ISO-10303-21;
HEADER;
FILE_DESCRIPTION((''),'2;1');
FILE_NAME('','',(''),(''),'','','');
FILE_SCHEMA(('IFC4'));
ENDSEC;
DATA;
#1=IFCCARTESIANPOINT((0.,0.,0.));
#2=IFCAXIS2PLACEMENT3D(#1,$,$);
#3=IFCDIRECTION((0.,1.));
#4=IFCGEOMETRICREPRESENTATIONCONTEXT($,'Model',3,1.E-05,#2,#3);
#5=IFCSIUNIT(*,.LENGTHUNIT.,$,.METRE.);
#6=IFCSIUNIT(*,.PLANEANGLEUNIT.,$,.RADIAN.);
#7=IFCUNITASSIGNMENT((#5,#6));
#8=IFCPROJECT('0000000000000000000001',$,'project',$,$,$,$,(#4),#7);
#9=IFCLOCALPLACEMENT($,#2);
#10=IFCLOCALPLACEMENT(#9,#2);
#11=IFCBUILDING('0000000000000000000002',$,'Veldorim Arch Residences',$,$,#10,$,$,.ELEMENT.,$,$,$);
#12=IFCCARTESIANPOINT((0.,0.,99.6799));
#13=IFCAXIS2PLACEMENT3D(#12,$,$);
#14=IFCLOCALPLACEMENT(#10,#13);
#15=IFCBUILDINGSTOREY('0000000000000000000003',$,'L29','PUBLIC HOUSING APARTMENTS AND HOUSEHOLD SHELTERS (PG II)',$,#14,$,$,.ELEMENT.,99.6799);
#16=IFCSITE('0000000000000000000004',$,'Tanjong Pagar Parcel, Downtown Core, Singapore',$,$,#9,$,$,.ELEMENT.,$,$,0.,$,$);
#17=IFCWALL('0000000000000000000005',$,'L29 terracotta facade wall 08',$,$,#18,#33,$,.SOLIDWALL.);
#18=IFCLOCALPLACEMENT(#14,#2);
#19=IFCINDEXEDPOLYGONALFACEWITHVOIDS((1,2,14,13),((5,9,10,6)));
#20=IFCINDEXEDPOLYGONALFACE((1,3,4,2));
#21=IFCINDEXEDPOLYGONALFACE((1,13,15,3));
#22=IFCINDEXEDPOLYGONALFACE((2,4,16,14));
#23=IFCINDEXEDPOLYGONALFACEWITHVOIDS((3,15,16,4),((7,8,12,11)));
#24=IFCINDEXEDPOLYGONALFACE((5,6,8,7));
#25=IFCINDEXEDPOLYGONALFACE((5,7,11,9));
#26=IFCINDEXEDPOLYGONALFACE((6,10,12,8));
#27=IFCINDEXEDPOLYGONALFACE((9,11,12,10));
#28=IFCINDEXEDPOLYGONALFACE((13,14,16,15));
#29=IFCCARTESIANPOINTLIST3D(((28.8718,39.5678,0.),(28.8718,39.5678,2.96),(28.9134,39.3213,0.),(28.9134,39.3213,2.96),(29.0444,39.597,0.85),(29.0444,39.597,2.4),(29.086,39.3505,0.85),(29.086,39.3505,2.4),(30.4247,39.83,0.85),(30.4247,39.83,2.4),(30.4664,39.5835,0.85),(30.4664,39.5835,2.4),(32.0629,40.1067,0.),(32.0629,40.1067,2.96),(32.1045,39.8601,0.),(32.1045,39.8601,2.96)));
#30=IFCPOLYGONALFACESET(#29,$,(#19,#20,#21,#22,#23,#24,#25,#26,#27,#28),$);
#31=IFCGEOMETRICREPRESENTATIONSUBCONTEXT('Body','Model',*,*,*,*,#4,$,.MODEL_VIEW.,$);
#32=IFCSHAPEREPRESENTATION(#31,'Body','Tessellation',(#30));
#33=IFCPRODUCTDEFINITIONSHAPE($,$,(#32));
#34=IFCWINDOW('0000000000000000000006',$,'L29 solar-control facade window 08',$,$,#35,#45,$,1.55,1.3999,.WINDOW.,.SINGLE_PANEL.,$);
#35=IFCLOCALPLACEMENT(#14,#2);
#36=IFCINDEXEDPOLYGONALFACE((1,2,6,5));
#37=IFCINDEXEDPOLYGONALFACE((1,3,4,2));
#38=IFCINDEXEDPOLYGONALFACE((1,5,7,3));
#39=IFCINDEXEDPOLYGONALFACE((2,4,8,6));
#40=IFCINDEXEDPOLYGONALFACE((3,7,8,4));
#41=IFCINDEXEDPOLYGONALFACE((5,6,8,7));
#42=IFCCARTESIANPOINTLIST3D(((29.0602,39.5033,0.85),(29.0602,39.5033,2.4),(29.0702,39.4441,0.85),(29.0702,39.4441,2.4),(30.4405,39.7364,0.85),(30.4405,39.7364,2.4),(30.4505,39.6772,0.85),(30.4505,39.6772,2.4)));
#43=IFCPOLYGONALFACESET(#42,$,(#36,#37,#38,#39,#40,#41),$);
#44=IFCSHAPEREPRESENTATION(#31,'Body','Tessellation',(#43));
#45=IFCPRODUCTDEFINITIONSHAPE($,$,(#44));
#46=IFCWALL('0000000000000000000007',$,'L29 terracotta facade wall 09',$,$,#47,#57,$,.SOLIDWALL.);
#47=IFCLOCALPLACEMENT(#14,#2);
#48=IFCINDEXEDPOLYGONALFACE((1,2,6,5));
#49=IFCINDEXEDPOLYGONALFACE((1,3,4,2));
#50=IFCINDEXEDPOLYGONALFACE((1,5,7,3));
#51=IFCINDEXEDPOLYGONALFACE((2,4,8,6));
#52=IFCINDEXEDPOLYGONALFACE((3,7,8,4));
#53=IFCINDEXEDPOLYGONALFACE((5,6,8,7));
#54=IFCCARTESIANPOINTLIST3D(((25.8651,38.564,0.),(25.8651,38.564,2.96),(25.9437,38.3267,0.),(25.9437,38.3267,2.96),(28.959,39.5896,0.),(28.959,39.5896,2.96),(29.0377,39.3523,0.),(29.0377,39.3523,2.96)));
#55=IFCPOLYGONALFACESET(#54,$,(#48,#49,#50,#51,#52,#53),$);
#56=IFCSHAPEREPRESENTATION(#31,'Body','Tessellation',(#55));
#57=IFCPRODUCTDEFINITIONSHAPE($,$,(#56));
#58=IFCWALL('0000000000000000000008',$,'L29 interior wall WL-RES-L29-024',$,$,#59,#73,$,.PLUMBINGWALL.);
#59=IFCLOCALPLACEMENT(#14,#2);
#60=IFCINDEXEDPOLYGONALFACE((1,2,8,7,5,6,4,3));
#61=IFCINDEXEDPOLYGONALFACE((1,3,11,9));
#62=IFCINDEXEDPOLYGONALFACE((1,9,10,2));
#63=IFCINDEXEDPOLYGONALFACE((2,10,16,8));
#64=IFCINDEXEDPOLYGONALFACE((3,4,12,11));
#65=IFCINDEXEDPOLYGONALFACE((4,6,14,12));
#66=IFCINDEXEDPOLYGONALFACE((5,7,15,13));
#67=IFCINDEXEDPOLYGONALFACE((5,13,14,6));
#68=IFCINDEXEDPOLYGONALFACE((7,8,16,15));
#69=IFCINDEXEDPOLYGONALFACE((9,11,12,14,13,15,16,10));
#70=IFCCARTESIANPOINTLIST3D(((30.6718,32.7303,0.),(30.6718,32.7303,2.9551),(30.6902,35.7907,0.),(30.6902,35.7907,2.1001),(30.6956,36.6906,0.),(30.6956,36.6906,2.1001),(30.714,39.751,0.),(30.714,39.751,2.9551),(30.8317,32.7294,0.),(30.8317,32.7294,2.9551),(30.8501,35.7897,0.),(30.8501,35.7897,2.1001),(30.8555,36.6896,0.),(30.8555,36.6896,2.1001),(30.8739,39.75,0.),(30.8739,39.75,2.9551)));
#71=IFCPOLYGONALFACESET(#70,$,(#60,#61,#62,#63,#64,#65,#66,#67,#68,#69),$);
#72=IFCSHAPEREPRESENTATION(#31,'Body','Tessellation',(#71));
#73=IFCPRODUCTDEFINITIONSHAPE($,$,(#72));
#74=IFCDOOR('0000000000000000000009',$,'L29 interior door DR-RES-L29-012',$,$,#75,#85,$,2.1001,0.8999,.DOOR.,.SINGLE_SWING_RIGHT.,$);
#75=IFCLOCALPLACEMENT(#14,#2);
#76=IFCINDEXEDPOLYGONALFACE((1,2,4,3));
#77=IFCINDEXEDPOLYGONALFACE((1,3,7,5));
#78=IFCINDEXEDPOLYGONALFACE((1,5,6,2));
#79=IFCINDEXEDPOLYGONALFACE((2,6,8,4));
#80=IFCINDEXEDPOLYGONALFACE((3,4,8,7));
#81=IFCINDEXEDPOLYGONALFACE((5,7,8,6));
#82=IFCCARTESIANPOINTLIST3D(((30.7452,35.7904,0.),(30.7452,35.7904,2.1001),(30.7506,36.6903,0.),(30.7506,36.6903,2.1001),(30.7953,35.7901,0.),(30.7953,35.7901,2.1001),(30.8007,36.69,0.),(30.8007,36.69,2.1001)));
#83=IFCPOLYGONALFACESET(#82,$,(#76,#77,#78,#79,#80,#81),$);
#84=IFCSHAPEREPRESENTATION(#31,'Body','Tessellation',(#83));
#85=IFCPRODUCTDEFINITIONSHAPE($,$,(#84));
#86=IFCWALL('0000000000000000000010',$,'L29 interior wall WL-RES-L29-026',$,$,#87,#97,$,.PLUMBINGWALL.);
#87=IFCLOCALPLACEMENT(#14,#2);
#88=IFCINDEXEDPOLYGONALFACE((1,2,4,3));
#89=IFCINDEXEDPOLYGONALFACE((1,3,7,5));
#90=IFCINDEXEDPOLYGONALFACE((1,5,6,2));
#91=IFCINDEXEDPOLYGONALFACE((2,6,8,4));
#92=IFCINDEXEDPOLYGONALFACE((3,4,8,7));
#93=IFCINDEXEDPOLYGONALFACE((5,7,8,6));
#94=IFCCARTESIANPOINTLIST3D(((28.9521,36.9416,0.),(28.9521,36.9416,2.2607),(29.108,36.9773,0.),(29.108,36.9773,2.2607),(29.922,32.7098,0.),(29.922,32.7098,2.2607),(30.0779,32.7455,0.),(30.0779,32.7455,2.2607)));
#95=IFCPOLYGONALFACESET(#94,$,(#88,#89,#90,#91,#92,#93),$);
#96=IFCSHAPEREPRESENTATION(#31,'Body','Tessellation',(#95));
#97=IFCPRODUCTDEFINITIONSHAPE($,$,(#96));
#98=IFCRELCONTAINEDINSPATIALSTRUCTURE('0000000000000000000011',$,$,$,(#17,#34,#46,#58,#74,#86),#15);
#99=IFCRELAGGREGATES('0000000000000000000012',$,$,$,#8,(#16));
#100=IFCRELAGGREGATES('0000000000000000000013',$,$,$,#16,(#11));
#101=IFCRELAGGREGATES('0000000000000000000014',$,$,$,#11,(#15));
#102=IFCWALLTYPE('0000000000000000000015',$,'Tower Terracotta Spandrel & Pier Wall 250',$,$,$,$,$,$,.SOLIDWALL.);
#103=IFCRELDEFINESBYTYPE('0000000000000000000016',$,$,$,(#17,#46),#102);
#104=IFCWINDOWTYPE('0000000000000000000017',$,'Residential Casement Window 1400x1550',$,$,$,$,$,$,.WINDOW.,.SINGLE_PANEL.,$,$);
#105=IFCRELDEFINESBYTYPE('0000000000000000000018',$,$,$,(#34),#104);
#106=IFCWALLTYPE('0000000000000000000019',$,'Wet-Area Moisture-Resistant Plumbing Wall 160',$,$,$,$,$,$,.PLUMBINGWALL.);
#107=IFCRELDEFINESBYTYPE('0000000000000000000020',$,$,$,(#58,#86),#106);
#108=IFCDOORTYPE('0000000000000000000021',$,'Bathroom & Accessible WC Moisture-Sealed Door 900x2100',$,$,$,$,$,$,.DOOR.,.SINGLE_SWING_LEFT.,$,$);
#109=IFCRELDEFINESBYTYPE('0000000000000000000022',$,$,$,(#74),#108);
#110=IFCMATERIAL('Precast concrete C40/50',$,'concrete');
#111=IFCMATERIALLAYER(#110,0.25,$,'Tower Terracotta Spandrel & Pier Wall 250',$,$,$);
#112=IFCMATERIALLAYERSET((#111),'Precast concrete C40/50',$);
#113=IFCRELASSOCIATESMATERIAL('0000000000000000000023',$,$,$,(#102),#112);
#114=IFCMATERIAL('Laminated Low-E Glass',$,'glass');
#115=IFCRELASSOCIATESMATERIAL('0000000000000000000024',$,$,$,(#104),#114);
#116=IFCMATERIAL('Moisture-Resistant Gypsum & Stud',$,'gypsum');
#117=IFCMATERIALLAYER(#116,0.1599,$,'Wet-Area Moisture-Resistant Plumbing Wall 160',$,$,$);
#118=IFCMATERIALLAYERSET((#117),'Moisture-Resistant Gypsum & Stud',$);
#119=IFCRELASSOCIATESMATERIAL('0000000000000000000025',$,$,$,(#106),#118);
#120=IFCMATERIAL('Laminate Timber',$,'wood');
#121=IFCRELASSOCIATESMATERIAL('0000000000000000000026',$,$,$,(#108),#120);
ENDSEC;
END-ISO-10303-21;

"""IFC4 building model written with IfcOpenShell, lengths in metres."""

from ifc_helpers import new_model, si_unit, direction, frame, frame_2d, origin, place, context, subcontext, project, spatial, rectangle, extrude, material, layer, layer_set, type_object, element, fill, save


model = new_model("IFC4")

# Units and contexts
model_context = context("Model", 3, precision=1e-05, world=origin(), true_north=direction((0.0, 1.0)))
body_context = subcontext(model_context, "Body", "Model", "MODEL_VIEW")
ifc_project = project(units=[si_unit("LENGTHUNIT", "METRE"), si_unit("PLANEANGLEUNIT", "RADIAN")], contexts=[model_context])

# Site, building, storey
site_placement = place(None, origin())
site = spatial("IfcSite", under=ifc_project, at=site_placement, Name="Tanjong Pagar Parcel, Downtown Core, Singapore", CompositionType="ELEMENT", RefElevation=0.0)
building_placement = place(site_placement, origin())
building = spatial("IfcBuilding", under=site, at=building_placement, Name="Veldorim Arch Residences", CompositionType="ELEMENT")
storey_placement = place(building_placement, frame((0.0, 0.0, 99.6799)))
storey = spatial("IfcBuildingStorey", under=building, at=storey_placement, Name="L29", Description="PUBLIC HOUSING APARTMENTS AND HOUSEHOLD SHELTERS (PG II)", CompositionType="ELEMENT", Elevation=99.6799)

# Wall, opening, window
ifc_material_1 = material(Name="Precast concrete C40/50", Category="concrete")
ifc_layer_1 = layer(ifc_material_1, 0.25, Name="Tower Terracotta Spandrel & Pier Wall 250")
ifc_layer_set_1 = layer_set([ifc_layer_1], Name="Precast concrete C40/50")
wall_type_1 = type_object("IfcWallType", Name="Tower Terracotta Spandrel & Pier Wall 250", PredefinedType="SOLIDWALL", material=ifc_layer_set_1)
wall_1_placement = place(storey_placement, frame((28.8926, 39.4446, 0.0), z_axis=(0.0, 0.0, 1.0), x_axis=(0.986043, 0.16649, 0.0)))
wall_1 = element("IfcWall", 1, at=wall_1_placement, inside=storey, type_object=wall_type_1, Name="L29 terracotta facade wall 08", PredefinedType="SOLIDWALL", context=body_context, shape_type="SweptSolid", body=[
    extrude(rectangle(XDim=3.2363, YDim=0.25, at=frame_2d((1.6182, 0.0))), origin(), (0.0, 0.0, 1.0), 2.96),
])
opening_1_placement = place(wall_1_placement, frame((0.175, 0.0, 0.8501)))
opening_1 = element("IfcOpeningElement", 2, at=opening_1_placement, cuts=wall_1, PredefinedType="OPENING", context=body_context, shape_type="SweptSolid", body=[
    extrude(rectangle(XDim=1.3999, YDim=1.55, at=frame_2d((0.7, 0.7749))), frame((0.0, 0.135, 0.0), z_axis=(0.0, -1.0, 0.0), x_axis=(1.0, 0.0, 0.0)), (0.0, 0.0, 1.0), 0.27),
])
ifc_material_2 = material(Name="Laminated Low-E Glass", Category="glass")
window_type = type_object("IfcWindowType", Name="Residential Casement Window 1400x1550", PartitioningType="SINGLE_PANEL", PredefinedType="WINDOW", material=ifc_material_2)
window_placement = place(opening_1_placement, origin())
window = element("IfcWindow", 3, at=window_placement, inside=storey, type_object=window_type, Name="L29 solar-control facade window 08", OverallHeight=1.55, OverallWidth=1.3999, PartitioningType="SINGLE_PANEL", PredefinedType="WINDOW", context=body_context, shape_type="SweptSolid", body=[
    extrude(rectangle(XDim=1.3999, YDim=1.55, at=frame_2d((0.7, 0.7749))), frame((0.0, 0.03, 0.0), z_axis=(0.0, -1.0, 0.0), x_axis=(1.0, 0.0, 0.0)), (0.0, 0.0, 1.0), 0.0601),
])
fill(opening_1, window)

# Wall
wall_2_placement = place(storey_placement, frame((25.9043, 38.4453, 0.0), z_axis=(0.0, 0.0, 1.0), x_axis=(0.949206, 0.314654, 0.0)))
element("IfcWall", 4, at=wall_2_placement, inside=storey, type_object=wall_type_1, Name="L29 terracotta facade wall 09", PredefinedType="SOLIDWALL", context=body_context, shape_type="SweptSolid", body=[
    extrude(rectangle(XDim=3.2595, YDim=0.25, at=frame_2d((1.6299, 0.0))), origin(), (0.0, 0.0, 1.0), 2.96),
])

# Wall, opening, door
ifc_material_3 = material(Name="Moisture-Resistant Gypsum & Stud", Category="gypsum")
ifc_layer_2 = layer(ifc_material_3, 0.1599, Name="Wet-Area Moisture-Resistant Plumbing Wall 160")
ifc_layer_set_2 = layer_set([ifc_layer_2], Name="Moisture-Resistant Gypsum & Stud")
wall_type_2 = type_object("IfcWallType", Name="Wet-Area Moisture-Resistant Plumbing Wall 160", PredefinedType="PLUMBINGWALL", material=ifc_layer_set_2)
wall_3_placement = place(storey_placement, frame((30.7517, 32.73, 0.0), z_axis=(0.0, 0.0, 1.0), x_axis=(0.006016, 0.999982, 0.0)))
wall_3 = element("IfcWall", 5, at=wall_3_placement, inside=storey, type_object=wall_type_2, Name="L29 interior wall WL-RES-L29-024", PredefinedType="PLUMBINGWALL", context=body_context, shape_type="SweptSolid", body=[
    extrude(rectangle(XDim=7.0208, YDim=0.1599, at=frame_2d((3.5103, 0.0))), origin(), (0.0, 0.0, 1.0), 2.9551),
])
opening_2_placement = place(wall_3_placement, frame((3.0603, 0.0, 0.0)))
opening_2 = element("IfcOpeningElement", 6, at=opening_2_placement, cuts=wall_3, PredefinedType="OPENING", context=body_context, shape_type="SweptSolid", body=[
    extrude(rectangle(XDim=0.8999, YDim=2.1001, at=frame_2d((0.45, 1.05))), frame((0.0, 0.0898, 0.0), z_axis=(0.0, -1.0, 0.0), x_axis=(1.0, 0.0, 0.0)), (0.0, 0.0, 1.0), 0.1799),
])
ifc_material_4 = material(Name="Laminate Timber", Category="wood")
door_type = type_object("IfcDoorType", Name="Bathroom & Accessible WC Moisture-Sealed Door 900x2100", OperationType="SINGLE_SWING_LEFT", PredefinedType="DOOR", material=ifc_material_4)
door_placement = place(opening_2_placement, origin())
door = element("IfcDoor", 7, at=door_placement, inside=storey, type_object=door_type, Name="L29 interior door DR-RES-L29-012", OperationType="SINGLE_SWING_RIGHT", OverallHeight=2.1001, OverallWidth=0.8999, PredefinedType="DOOR", context=body_context, shape_type="SweptSolid", body=[
    extrude(rectangle(XDim=0.8999, YDim=2.1001, at=frame_2d((0.45, 1.05))), frame((0.0, 0.0249, 0.0), z_axis=(0.0, -1.0, 0.0), x_axis=(1.0, 0.0, 0.0)), (0.0, 0.0, 1.0), 0.05),
])
fill(opening_2, door)

# Wall
wall_4_placement = place(storey_placement, frame((30.0, 32.7275, 0.0), z_axis=(0.0, 0.0, 1.0), x_axis=(-0.22341, 0.974725, 0.0)))
element("IfcWall", 8, at=wall_4_placement, inside=storey, type_object=wall_type_2, Name="L29 interior wall WL-RES-L29-026", PredefinedType="PLUMBINGWALL", context=body_context, shape_type="SweptSolid", body=[
    extrude(rectangle(XDim=4.3416, YDim=0.1599, at=frame_2d((2.1709, 0.0))), origin(), (0.0, 0.0, 1.0), 2.2607),
])

save(model, "model.ifc")
